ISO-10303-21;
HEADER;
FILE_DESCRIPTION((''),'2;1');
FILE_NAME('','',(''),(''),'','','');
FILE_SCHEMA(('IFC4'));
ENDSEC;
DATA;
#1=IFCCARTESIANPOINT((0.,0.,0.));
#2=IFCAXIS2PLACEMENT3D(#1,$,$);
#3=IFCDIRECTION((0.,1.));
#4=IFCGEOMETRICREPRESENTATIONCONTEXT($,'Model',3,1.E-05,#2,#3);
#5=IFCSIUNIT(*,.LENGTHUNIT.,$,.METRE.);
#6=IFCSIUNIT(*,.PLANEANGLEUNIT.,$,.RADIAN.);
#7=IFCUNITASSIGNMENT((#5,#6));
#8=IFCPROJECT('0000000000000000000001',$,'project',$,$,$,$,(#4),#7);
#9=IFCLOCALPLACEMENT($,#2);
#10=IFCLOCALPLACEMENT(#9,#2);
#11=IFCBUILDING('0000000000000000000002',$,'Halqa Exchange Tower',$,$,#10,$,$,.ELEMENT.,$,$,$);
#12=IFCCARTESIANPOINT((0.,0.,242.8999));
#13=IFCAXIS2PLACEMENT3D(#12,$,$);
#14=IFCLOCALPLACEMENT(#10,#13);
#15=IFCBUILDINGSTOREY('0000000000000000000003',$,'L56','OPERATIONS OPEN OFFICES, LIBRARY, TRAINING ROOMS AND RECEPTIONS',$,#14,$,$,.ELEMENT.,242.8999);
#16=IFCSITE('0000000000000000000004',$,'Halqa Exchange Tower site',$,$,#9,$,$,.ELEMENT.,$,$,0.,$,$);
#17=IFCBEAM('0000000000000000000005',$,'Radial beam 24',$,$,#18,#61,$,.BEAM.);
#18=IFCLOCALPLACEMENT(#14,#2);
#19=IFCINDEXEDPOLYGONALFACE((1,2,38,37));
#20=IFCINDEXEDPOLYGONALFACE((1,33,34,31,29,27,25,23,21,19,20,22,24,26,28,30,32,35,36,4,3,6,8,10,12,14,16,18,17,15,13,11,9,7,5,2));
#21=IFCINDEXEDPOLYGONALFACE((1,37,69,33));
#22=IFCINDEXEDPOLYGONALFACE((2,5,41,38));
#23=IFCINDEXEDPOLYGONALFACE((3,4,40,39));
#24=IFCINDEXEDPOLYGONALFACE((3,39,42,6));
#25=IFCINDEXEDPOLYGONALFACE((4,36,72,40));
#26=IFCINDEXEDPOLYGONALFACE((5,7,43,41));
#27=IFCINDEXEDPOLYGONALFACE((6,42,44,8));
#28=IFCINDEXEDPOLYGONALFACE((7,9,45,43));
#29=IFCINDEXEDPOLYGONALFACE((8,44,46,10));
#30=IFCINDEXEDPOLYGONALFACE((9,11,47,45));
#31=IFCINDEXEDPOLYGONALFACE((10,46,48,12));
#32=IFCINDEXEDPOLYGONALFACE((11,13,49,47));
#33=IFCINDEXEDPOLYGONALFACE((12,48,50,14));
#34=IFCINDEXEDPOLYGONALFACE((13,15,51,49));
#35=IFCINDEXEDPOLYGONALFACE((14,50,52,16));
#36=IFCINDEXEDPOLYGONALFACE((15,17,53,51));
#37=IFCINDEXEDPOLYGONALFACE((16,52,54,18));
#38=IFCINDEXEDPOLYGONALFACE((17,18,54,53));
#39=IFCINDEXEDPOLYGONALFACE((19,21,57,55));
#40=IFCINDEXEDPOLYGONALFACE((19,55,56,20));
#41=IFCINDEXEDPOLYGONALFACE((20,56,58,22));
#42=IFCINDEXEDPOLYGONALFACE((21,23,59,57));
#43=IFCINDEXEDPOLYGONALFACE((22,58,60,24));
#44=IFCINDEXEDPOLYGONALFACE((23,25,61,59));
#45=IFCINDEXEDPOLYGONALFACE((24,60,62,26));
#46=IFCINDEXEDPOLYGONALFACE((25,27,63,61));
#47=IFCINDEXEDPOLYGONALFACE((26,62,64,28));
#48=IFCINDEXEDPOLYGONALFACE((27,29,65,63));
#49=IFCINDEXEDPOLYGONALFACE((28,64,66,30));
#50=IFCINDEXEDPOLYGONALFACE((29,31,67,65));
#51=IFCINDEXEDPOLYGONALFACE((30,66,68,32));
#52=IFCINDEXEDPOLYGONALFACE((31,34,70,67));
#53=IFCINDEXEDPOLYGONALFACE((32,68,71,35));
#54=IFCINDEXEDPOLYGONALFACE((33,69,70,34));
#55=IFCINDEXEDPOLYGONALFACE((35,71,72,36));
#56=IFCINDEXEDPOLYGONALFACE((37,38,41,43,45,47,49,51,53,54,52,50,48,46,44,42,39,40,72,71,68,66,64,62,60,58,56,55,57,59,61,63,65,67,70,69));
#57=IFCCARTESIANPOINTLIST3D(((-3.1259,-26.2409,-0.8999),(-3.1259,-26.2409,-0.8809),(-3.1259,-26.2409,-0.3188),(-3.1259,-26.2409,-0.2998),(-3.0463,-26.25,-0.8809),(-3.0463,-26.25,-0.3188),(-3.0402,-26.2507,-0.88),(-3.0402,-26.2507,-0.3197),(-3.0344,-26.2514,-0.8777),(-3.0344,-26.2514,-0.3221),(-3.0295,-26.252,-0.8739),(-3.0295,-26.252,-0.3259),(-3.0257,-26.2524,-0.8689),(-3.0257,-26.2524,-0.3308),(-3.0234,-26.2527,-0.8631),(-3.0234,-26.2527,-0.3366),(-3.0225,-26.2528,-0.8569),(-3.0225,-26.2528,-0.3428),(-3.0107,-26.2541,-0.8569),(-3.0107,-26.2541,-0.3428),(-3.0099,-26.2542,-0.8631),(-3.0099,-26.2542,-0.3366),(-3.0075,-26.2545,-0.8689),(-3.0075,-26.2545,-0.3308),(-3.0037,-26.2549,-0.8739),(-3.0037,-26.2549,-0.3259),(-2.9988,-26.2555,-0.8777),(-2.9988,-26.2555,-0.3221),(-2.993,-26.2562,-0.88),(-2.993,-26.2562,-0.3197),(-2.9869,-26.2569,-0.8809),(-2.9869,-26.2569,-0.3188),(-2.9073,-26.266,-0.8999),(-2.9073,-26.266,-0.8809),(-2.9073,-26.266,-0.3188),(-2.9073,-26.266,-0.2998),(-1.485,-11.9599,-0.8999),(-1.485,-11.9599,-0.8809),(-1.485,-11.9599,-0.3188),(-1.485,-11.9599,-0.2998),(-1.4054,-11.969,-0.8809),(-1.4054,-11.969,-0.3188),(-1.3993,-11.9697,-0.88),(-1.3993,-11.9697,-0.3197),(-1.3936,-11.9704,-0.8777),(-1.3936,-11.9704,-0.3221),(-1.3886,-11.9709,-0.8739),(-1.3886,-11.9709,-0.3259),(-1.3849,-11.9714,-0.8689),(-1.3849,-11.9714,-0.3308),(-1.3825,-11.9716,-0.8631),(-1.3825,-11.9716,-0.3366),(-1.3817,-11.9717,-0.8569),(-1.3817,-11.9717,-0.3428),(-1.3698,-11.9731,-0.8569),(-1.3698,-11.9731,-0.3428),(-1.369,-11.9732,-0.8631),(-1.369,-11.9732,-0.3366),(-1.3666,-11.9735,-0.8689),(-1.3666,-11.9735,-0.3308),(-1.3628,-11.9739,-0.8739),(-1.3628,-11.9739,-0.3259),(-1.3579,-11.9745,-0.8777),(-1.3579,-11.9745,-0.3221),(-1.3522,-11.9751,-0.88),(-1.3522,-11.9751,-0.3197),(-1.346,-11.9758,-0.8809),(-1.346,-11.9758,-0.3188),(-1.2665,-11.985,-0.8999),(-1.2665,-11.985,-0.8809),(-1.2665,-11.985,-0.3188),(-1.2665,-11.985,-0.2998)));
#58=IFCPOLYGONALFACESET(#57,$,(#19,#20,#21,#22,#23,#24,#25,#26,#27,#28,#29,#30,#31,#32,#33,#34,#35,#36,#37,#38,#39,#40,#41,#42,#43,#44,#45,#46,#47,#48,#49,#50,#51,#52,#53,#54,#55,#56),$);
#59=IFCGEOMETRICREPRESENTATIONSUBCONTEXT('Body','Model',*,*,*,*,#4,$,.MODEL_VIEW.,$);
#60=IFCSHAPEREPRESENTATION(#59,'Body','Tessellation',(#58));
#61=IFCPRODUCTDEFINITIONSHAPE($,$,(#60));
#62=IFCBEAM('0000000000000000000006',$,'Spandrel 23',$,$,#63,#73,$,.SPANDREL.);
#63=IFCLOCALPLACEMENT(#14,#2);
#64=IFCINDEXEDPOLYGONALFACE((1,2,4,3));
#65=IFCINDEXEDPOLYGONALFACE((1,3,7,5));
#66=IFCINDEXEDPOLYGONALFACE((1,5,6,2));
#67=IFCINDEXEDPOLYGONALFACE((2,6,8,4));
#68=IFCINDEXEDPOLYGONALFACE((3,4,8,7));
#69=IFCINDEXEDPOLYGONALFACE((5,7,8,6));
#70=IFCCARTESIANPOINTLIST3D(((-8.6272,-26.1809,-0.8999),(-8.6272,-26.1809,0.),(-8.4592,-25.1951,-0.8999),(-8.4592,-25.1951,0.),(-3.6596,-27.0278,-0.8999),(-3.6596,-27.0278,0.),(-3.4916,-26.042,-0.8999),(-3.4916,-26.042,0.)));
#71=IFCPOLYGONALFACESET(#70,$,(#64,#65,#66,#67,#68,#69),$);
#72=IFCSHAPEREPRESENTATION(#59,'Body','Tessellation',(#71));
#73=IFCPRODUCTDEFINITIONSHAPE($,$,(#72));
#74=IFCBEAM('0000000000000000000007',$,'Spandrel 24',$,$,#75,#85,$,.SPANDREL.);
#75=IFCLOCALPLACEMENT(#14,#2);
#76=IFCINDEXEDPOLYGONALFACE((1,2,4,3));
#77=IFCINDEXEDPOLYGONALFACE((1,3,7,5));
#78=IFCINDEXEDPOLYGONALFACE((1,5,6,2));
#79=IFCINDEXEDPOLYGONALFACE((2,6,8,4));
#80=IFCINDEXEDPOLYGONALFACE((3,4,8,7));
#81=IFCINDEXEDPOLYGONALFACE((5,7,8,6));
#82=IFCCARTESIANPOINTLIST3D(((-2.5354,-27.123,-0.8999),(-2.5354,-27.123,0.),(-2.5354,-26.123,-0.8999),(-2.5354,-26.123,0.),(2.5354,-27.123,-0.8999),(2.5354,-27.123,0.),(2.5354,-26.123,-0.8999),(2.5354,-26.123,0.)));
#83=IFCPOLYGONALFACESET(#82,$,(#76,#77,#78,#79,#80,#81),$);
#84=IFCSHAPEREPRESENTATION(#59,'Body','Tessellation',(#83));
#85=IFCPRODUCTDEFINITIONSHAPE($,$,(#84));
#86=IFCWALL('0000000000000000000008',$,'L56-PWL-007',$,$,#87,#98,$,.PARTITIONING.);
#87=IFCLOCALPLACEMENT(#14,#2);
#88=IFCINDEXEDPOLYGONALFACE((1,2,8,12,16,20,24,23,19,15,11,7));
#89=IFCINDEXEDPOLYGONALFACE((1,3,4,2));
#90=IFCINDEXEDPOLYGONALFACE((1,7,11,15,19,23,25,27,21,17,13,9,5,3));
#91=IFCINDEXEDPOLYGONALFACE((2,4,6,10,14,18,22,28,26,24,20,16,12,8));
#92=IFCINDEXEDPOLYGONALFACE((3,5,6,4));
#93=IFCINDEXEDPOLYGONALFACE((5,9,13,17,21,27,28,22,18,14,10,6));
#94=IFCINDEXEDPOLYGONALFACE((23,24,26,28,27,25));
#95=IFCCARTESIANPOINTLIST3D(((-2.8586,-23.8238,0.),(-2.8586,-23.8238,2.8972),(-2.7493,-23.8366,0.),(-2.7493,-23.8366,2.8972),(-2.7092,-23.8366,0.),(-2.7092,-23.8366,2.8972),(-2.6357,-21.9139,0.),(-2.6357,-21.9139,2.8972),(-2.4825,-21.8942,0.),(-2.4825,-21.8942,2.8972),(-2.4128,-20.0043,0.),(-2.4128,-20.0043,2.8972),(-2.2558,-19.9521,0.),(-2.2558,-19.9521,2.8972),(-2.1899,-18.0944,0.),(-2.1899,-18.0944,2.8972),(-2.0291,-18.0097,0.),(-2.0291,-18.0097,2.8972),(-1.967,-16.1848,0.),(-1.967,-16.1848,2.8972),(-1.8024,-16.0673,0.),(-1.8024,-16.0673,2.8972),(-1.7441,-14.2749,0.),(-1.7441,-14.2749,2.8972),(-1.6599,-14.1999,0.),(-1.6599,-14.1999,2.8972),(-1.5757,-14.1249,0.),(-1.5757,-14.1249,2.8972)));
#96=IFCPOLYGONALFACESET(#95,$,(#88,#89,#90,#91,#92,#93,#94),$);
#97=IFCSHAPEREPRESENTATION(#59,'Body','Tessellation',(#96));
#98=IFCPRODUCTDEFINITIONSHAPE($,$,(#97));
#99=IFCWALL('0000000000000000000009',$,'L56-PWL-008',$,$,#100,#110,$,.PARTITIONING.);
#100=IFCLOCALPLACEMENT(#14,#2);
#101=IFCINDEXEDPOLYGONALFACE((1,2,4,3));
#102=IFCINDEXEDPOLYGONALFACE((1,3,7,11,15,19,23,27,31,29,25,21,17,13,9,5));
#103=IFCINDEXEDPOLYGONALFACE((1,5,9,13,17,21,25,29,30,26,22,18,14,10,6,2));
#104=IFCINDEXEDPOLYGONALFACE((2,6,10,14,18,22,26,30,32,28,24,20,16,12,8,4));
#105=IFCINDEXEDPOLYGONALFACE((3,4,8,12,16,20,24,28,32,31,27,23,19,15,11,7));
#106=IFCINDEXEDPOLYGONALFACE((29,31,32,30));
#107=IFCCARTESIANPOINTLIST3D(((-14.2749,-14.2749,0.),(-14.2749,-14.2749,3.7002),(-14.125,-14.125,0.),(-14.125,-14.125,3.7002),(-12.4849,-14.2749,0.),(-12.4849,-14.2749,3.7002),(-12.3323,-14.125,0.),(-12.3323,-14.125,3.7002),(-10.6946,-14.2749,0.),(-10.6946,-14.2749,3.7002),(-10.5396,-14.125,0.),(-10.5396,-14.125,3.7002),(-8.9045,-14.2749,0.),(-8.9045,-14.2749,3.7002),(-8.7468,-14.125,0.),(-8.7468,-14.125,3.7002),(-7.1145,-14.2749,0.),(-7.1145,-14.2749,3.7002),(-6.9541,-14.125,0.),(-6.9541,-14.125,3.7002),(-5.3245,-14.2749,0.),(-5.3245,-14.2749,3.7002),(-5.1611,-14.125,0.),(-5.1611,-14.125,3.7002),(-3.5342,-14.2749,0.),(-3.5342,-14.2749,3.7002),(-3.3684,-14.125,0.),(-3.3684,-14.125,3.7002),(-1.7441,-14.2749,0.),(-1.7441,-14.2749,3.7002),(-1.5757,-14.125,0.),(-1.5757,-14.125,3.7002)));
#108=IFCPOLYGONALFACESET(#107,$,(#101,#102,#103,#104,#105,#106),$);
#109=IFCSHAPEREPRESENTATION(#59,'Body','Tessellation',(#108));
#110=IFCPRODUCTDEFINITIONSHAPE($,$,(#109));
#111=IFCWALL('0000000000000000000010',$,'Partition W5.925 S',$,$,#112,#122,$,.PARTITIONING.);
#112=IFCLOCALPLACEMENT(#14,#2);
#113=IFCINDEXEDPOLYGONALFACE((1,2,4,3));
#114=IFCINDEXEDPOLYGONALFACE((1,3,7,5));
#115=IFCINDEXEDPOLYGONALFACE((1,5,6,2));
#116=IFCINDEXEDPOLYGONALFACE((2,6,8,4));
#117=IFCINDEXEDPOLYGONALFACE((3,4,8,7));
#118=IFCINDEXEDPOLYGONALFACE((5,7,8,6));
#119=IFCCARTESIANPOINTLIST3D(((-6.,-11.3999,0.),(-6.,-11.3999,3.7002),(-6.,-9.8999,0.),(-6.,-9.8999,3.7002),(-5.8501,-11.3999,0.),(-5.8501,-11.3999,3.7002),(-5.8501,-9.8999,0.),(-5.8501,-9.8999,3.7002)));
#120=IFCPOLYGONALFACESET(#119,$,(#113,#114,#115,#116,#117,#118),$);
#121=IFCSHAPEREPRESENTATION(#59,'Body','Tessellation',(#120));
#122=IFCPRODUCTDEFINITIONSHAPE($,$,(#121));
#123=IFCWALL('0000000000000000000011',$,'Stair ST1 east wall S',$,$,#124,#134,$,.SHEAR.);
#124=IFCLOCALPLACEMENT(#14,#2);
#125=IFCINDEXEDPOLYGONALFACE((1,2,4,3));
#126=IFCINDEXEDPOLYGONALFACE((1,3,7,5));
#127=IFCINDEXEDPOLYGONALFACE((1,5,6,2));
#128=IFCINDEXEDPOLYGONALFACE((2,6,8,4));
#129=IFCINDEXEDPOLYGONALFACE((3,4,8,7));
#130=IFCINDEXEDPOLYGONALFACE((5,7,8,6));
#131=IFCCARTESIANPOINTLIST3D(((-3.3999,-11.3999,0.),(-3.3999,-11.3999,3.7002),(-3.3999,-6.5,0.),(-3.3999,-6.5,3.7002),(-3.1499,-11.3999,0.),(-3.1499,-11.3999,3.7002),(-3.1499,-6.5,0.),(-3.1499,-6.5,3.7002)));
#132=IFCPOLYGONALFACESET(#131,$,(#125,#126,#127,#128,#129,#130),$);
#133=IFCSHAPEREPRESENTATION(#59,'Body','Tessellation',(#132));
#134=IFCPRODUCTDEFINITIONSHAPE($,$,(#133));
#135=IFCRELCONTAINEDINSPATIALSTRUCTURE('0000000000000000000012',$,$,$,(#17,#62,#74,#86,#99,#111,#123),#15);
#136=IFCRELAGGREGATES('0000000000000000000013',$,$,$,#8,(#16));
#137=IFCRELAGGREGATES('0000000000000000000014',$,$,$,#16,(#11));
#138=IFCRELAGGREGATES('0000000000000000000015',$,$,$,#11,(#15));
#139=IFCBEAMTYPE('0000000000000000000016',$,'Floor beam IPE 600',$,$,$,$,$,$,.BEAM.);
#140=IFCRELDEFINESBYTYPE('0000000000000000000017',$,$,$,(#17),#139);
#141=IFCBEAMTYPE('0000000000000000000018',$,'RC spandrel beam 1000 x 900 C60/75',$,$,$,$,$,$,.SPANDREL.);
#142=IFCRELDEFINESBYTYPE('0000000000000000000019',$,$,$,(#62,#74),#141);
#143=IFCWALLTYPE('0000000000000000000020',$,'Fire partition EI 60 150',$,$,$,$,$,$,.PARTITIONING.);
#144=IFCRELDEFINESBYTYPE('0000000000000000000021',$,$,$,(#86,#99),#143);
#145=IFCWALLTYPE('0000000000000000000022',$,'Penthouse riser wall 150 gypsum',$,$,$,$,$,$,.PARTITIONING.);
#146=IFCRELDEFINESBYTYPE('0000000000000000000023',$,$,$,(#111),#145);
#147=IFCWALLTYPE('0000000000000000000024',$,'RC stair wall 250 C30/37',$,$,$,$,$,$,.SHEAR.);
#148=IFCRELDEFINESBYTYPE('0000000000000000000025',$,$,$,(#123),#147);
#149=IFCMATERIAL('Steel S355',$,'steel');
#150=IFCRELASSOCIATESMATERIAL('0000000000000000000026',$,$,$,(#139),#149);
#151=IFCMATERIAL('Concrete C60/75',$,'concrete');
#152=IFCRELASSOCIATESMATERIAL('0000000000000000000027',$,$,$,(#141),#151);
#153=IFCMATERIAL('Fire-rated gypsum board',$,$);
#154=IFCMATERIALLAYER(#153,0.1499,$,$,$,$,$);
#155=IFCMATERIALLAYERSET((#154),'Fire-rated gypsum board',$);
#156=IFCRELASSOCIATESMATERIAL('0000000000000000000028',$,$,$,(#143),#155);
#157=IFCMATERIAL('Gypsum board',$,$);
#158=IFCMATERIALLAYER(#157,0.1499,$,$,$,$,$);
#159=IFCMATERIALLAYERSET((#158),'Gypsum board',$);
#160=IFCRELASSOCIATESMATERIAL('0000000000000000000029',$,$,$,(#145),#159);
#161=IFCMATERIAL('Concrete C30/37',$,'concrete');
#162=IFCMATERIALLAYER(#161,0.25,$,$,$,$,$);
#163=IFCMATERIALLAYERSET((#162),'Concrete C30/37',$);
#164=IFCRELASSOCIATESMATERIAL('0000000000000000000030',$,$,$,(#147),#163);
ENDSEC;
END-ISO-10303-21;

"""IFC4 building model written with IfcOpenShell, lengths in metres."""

from ifc_helpers import new_model, si_unit, direction, frame, frame_2d, origin, origin_2d, place, context, subcontext, project, spatial, polyline, rectangle, i_section, outline, extrude, material, layer, layer_set, material_profile, profile_set, type_object, element, save


model = new_model("IFC4")

# Units and contexts
model_context = context("Model", 3, precision=1e-05, world=origin(), true_north=direction((0.0, 1.0)))
body_context = subcontext(model_context, "Body", "Model", "MODEL_VIEW")
ifc_project = project(units=[si_unit("LENGTHUNIT", "METRE"), si_unit("PLANEANGLEUNIT", "RADIAN")], contexts=[model_context])

# Site, building, storey
site_placement = place(None, origin())
site = spatial("IfcSite", under=ifc_project, at=site_placement, Name="Halqa Exchange Tower site", CompositionType="ELEMENT", RefElevation=0.0)
building_placement = place(site_placement, origin())
building = spatial("IfcBuilding", under=site, at=building_placement, Name="Halqa Exchange Tower", CompositionType="ELEMENT")
storey_placement = place(building_placement, frame((0.0, 0.0, 242.8999)))
storey = spatial("IfcBuildingStorey", under=building, at=storey_placement, Name="L56", Description="OPERATIONS OPEN OFFICES, LIBRARY, TRAINING ROOMS AND RECEPTIONS", CompositionType="ELEMENT", Elevation=242.8999)

# Shared definitions
ifc_material_1 = material(Name="Concrete C60/75", Category="concrete")

# Beams
ifc_material_2 = material(Name="Steel S355", Category="steel")
ifc_material_profile_1 = material_profile(ifc_material_2, i_section(OverallWidth=0.22, OverallDepth=0.6001, WebThickness=0.012, FlangeThickness=0.019, FilletRadius=0.0239, at=origin_2d()), Name="IPE 600")
ifc_profile_set_1 = profile_set([ifc_material_profile_1], Name="Steel S355")
beam_type_1 = type_object("IfcBeamType", Name="Floor beam IPE 600", PredefinedType="BEAM", material=ifc_profile_set_1)
beam_1_placement = place(storey_placement, frame((-1.3757, -11.9724, -0.5999), z_axis=(-0.114148, -0.993464, 0.0), x_axis=(0.993464, -0.114148, 0.0)))
element("IfcBeam", 1, at=beam_1_placement, inside=storey, type_object=beam_type_1, Name="Radial beam 24", PredefinedType="BEAM", context=body_context, shape_type="SweptSolid", body=[
    extrude(i_section(OverallWidth=0.22, OverallDepth=0.6001, WebThickness=0.012, FlangeThickness=0.019, FilletRadius=0.0239, at=origin_2d()), origin(), (0.0, 0.0, 1.0), 14.375),
])
ifc_material_profile_2 = material_profile(ifc_material_1, rectangle(XDim=1.0, YDim=0.8999, at=origin_2d()), Name="1000 x 900")
ifc_profile_set_2 = profile_set([ifc_material_profile_2], Name="Concrete C60/75")
beam_type_2 = type_object("IfcBeamType", Name="RC spandrel beam 1000 x 900 C60/75", PredefinedType="SPANDREL", material=ifc_profile_set_2)
beam_2_placement = place(storey_placement, frame((-8.5432, -25.688, -0.45), z_axis=(0.985776, -0.168067, 0.0), x_axis=(0.168067, 0.985776, 0.0)))
element("IfcBeam", 2, at=beam_2_placement, inside=storey, type_object=beam_type_2, Name="Spandrel 23", PredefinedType="SPANDREL", context=body_context, shape_type="SweptSolid", body=[
    extrude(rectangle(XDim=1.0, YDim=0.8999, at=origin_2d()), origin(), (0.0, 0.0, 1.0), 5.0393),
])
beam_3_placement = place(storey_placement, frame((-2.5354, -26.623, -0.45), z_axis=(1.0, 0.0, 0.0), x_axis=(0.0, 1.0, 0.0)))
element("IfcBeam", 3, at=beam_3_placement, inside=storey, type_object=beam_type_2, Name="Spandrel 24", PredefinedType="SPANDREL", context=body_context, shape_type="SweptSolid", body=[
    extrude(rectangle(XDim=1.0, YDim=0.8999, at=origin_2d()), origin(), (0.0, 0.0, 1.0), 5.0708),
])

# Walls
ifc_material_3 = material(Name="Fire-rated gypsum board")
ifc_layer_1 = layer(ifc_material_3, 0.1499)
ifc_layer_set_1 = layer_set([ifc_layer_1], Name="Fire-rated gypsum board")
wall_type_1 = type_object("IfcWallType", Name="Fire partition EI 60 150", PredefinedType="PARTITIONING", material=ifc_layer_set_1)
wall_1_placement = place(storey_placement, frame((-2.7842, -23.8325, 0.0), z_axis=(0.0, 0.0, 1.0), x_axis=(0.115927, 0.993258, 0.0)))
element("IfcWall", 4, at=wall_1_placement, inside=storey, type_object=wall_type_1, Name="L56-PWL-007", PredefinedType="PARTITIONING", context=body_context, shape_type="SweptSolid", body=[
    extrude(outline(polyline([(0.0046, -0.075), (1.9602, -0.075), (3.9155, -0.075), (5.8711, -0.075), (7.8267, -0.075), (9.7822, -0.075), (9.698, 0.0), (9.6138, 0.075), (7.6909, 0.075), (5.7683, 0.075), (3.8455, 0.075), (1.9229, 0.075), (0.0, 0.075), (0.0, -0.0352), (0.0046, -0.075)])), origin(), (0.0, 0.0, 1.0), 2.8972),
])
wall_2_placement = place(storey_placement, frame((-1.5757, -14.2, 0.0), z_axis=(0.0, 0.0, 1.0), x_axis=(-1.0, 0.0, 0.0)))
element("IfcWall", 5, at=wall_2_placement, inside=storey, type_object=wall_type_1, Name="L56-PWL-008", PredefinedType="PARTITIONING", context=body_context, shape_type="SweptSolid", body=[
    extrude(outline(polyline([(0.0, -0.075), (1.7927, -0.075), (3.5854, -0.075), (5.3784, -0.075), (7.1711, -0.075), (8.9639, -0.075), (10.7566, -0.075), (12.5493, -0.075), (12.6992, 0.075), (10.9092, 0.075), (9.1189, 0.075), (7.3289, 0.075), (5.5388, 0.075), (3.7488, 0.075), (1.9585, 0.075), (0.1685, 0.075), (0.0, -0.075)])), origin(), (0.0, 0.0, 1.0), 3.7002),
])
ifc_material_4 = material(Name="Gypsum board")
ifc_layer_2 = layer(ifc_material_4, 0.1499)
ifc_layer_set_2 = layer_set([ifc_layer_2], Name="Gypsum board")
wall_type_2 = type_object("IfcWallType", Name="Penthouse riser wall 150 gypsum", PredefinedType="PARTITIONING", material=ifc_layer_set_2)
wall_3_placement = place(storey_placement, frame((-5.925, -11.3999, 0.0), z_axis=(0.0, 0.0, 1.0), x_axis=(0.0, 1.0, 0.0)))
element("IfcWall", 6, at=wall_3_placement, inside=storey, type_object=wall_type_2, Name="Partition W5.925 S", PredefinedType="PARTITIONING", context=body_context, shape_type="SweptSolid", body=[
    extrude(rectangle(XDim=1.5, YDim=0.1499, at=frame_2d((0.75, 0.0))), origin(), (0.0, 0.0, 1.0), 3.7002),
])
ifc_material_5 = material(Name="Concrete C30/37", Category="concrete")
ifc_layer_3 = layer(ifc_material_5, 0.25)
ifc_layer_set_3 = layer_set([ifc_layer_3], Name="Concrete C30/37")
wall_type_3 = type_object("IfcWallType", Name="RC stair wall 250 C30/37", PredefinedType="SHEAR", material=ifc_layer_set_3)
wall_4_placement = place(storey_placement, frame((-3.2749, -11.3999, 0.0), z_axis=(0.0, 0.0, 1.0), x_axis=(0.0, 1.0, 0.0)))
element("IfcWall", 7, at=wall_4_placement, inside=storey, type_object=wall_type_3, Name="Stair ST1 east wall S", PredefinedType="SHEAR", context=body_context, shape_type="SweptSolid", body=[
    extrude(rectangle(XDim=4.8999, YDim=0.25, at=frame_2d((2.45, 0.0))), origin(), (0.0, 0.0, 1.0), 3.7002),
])

save(model, "model.ifc")
